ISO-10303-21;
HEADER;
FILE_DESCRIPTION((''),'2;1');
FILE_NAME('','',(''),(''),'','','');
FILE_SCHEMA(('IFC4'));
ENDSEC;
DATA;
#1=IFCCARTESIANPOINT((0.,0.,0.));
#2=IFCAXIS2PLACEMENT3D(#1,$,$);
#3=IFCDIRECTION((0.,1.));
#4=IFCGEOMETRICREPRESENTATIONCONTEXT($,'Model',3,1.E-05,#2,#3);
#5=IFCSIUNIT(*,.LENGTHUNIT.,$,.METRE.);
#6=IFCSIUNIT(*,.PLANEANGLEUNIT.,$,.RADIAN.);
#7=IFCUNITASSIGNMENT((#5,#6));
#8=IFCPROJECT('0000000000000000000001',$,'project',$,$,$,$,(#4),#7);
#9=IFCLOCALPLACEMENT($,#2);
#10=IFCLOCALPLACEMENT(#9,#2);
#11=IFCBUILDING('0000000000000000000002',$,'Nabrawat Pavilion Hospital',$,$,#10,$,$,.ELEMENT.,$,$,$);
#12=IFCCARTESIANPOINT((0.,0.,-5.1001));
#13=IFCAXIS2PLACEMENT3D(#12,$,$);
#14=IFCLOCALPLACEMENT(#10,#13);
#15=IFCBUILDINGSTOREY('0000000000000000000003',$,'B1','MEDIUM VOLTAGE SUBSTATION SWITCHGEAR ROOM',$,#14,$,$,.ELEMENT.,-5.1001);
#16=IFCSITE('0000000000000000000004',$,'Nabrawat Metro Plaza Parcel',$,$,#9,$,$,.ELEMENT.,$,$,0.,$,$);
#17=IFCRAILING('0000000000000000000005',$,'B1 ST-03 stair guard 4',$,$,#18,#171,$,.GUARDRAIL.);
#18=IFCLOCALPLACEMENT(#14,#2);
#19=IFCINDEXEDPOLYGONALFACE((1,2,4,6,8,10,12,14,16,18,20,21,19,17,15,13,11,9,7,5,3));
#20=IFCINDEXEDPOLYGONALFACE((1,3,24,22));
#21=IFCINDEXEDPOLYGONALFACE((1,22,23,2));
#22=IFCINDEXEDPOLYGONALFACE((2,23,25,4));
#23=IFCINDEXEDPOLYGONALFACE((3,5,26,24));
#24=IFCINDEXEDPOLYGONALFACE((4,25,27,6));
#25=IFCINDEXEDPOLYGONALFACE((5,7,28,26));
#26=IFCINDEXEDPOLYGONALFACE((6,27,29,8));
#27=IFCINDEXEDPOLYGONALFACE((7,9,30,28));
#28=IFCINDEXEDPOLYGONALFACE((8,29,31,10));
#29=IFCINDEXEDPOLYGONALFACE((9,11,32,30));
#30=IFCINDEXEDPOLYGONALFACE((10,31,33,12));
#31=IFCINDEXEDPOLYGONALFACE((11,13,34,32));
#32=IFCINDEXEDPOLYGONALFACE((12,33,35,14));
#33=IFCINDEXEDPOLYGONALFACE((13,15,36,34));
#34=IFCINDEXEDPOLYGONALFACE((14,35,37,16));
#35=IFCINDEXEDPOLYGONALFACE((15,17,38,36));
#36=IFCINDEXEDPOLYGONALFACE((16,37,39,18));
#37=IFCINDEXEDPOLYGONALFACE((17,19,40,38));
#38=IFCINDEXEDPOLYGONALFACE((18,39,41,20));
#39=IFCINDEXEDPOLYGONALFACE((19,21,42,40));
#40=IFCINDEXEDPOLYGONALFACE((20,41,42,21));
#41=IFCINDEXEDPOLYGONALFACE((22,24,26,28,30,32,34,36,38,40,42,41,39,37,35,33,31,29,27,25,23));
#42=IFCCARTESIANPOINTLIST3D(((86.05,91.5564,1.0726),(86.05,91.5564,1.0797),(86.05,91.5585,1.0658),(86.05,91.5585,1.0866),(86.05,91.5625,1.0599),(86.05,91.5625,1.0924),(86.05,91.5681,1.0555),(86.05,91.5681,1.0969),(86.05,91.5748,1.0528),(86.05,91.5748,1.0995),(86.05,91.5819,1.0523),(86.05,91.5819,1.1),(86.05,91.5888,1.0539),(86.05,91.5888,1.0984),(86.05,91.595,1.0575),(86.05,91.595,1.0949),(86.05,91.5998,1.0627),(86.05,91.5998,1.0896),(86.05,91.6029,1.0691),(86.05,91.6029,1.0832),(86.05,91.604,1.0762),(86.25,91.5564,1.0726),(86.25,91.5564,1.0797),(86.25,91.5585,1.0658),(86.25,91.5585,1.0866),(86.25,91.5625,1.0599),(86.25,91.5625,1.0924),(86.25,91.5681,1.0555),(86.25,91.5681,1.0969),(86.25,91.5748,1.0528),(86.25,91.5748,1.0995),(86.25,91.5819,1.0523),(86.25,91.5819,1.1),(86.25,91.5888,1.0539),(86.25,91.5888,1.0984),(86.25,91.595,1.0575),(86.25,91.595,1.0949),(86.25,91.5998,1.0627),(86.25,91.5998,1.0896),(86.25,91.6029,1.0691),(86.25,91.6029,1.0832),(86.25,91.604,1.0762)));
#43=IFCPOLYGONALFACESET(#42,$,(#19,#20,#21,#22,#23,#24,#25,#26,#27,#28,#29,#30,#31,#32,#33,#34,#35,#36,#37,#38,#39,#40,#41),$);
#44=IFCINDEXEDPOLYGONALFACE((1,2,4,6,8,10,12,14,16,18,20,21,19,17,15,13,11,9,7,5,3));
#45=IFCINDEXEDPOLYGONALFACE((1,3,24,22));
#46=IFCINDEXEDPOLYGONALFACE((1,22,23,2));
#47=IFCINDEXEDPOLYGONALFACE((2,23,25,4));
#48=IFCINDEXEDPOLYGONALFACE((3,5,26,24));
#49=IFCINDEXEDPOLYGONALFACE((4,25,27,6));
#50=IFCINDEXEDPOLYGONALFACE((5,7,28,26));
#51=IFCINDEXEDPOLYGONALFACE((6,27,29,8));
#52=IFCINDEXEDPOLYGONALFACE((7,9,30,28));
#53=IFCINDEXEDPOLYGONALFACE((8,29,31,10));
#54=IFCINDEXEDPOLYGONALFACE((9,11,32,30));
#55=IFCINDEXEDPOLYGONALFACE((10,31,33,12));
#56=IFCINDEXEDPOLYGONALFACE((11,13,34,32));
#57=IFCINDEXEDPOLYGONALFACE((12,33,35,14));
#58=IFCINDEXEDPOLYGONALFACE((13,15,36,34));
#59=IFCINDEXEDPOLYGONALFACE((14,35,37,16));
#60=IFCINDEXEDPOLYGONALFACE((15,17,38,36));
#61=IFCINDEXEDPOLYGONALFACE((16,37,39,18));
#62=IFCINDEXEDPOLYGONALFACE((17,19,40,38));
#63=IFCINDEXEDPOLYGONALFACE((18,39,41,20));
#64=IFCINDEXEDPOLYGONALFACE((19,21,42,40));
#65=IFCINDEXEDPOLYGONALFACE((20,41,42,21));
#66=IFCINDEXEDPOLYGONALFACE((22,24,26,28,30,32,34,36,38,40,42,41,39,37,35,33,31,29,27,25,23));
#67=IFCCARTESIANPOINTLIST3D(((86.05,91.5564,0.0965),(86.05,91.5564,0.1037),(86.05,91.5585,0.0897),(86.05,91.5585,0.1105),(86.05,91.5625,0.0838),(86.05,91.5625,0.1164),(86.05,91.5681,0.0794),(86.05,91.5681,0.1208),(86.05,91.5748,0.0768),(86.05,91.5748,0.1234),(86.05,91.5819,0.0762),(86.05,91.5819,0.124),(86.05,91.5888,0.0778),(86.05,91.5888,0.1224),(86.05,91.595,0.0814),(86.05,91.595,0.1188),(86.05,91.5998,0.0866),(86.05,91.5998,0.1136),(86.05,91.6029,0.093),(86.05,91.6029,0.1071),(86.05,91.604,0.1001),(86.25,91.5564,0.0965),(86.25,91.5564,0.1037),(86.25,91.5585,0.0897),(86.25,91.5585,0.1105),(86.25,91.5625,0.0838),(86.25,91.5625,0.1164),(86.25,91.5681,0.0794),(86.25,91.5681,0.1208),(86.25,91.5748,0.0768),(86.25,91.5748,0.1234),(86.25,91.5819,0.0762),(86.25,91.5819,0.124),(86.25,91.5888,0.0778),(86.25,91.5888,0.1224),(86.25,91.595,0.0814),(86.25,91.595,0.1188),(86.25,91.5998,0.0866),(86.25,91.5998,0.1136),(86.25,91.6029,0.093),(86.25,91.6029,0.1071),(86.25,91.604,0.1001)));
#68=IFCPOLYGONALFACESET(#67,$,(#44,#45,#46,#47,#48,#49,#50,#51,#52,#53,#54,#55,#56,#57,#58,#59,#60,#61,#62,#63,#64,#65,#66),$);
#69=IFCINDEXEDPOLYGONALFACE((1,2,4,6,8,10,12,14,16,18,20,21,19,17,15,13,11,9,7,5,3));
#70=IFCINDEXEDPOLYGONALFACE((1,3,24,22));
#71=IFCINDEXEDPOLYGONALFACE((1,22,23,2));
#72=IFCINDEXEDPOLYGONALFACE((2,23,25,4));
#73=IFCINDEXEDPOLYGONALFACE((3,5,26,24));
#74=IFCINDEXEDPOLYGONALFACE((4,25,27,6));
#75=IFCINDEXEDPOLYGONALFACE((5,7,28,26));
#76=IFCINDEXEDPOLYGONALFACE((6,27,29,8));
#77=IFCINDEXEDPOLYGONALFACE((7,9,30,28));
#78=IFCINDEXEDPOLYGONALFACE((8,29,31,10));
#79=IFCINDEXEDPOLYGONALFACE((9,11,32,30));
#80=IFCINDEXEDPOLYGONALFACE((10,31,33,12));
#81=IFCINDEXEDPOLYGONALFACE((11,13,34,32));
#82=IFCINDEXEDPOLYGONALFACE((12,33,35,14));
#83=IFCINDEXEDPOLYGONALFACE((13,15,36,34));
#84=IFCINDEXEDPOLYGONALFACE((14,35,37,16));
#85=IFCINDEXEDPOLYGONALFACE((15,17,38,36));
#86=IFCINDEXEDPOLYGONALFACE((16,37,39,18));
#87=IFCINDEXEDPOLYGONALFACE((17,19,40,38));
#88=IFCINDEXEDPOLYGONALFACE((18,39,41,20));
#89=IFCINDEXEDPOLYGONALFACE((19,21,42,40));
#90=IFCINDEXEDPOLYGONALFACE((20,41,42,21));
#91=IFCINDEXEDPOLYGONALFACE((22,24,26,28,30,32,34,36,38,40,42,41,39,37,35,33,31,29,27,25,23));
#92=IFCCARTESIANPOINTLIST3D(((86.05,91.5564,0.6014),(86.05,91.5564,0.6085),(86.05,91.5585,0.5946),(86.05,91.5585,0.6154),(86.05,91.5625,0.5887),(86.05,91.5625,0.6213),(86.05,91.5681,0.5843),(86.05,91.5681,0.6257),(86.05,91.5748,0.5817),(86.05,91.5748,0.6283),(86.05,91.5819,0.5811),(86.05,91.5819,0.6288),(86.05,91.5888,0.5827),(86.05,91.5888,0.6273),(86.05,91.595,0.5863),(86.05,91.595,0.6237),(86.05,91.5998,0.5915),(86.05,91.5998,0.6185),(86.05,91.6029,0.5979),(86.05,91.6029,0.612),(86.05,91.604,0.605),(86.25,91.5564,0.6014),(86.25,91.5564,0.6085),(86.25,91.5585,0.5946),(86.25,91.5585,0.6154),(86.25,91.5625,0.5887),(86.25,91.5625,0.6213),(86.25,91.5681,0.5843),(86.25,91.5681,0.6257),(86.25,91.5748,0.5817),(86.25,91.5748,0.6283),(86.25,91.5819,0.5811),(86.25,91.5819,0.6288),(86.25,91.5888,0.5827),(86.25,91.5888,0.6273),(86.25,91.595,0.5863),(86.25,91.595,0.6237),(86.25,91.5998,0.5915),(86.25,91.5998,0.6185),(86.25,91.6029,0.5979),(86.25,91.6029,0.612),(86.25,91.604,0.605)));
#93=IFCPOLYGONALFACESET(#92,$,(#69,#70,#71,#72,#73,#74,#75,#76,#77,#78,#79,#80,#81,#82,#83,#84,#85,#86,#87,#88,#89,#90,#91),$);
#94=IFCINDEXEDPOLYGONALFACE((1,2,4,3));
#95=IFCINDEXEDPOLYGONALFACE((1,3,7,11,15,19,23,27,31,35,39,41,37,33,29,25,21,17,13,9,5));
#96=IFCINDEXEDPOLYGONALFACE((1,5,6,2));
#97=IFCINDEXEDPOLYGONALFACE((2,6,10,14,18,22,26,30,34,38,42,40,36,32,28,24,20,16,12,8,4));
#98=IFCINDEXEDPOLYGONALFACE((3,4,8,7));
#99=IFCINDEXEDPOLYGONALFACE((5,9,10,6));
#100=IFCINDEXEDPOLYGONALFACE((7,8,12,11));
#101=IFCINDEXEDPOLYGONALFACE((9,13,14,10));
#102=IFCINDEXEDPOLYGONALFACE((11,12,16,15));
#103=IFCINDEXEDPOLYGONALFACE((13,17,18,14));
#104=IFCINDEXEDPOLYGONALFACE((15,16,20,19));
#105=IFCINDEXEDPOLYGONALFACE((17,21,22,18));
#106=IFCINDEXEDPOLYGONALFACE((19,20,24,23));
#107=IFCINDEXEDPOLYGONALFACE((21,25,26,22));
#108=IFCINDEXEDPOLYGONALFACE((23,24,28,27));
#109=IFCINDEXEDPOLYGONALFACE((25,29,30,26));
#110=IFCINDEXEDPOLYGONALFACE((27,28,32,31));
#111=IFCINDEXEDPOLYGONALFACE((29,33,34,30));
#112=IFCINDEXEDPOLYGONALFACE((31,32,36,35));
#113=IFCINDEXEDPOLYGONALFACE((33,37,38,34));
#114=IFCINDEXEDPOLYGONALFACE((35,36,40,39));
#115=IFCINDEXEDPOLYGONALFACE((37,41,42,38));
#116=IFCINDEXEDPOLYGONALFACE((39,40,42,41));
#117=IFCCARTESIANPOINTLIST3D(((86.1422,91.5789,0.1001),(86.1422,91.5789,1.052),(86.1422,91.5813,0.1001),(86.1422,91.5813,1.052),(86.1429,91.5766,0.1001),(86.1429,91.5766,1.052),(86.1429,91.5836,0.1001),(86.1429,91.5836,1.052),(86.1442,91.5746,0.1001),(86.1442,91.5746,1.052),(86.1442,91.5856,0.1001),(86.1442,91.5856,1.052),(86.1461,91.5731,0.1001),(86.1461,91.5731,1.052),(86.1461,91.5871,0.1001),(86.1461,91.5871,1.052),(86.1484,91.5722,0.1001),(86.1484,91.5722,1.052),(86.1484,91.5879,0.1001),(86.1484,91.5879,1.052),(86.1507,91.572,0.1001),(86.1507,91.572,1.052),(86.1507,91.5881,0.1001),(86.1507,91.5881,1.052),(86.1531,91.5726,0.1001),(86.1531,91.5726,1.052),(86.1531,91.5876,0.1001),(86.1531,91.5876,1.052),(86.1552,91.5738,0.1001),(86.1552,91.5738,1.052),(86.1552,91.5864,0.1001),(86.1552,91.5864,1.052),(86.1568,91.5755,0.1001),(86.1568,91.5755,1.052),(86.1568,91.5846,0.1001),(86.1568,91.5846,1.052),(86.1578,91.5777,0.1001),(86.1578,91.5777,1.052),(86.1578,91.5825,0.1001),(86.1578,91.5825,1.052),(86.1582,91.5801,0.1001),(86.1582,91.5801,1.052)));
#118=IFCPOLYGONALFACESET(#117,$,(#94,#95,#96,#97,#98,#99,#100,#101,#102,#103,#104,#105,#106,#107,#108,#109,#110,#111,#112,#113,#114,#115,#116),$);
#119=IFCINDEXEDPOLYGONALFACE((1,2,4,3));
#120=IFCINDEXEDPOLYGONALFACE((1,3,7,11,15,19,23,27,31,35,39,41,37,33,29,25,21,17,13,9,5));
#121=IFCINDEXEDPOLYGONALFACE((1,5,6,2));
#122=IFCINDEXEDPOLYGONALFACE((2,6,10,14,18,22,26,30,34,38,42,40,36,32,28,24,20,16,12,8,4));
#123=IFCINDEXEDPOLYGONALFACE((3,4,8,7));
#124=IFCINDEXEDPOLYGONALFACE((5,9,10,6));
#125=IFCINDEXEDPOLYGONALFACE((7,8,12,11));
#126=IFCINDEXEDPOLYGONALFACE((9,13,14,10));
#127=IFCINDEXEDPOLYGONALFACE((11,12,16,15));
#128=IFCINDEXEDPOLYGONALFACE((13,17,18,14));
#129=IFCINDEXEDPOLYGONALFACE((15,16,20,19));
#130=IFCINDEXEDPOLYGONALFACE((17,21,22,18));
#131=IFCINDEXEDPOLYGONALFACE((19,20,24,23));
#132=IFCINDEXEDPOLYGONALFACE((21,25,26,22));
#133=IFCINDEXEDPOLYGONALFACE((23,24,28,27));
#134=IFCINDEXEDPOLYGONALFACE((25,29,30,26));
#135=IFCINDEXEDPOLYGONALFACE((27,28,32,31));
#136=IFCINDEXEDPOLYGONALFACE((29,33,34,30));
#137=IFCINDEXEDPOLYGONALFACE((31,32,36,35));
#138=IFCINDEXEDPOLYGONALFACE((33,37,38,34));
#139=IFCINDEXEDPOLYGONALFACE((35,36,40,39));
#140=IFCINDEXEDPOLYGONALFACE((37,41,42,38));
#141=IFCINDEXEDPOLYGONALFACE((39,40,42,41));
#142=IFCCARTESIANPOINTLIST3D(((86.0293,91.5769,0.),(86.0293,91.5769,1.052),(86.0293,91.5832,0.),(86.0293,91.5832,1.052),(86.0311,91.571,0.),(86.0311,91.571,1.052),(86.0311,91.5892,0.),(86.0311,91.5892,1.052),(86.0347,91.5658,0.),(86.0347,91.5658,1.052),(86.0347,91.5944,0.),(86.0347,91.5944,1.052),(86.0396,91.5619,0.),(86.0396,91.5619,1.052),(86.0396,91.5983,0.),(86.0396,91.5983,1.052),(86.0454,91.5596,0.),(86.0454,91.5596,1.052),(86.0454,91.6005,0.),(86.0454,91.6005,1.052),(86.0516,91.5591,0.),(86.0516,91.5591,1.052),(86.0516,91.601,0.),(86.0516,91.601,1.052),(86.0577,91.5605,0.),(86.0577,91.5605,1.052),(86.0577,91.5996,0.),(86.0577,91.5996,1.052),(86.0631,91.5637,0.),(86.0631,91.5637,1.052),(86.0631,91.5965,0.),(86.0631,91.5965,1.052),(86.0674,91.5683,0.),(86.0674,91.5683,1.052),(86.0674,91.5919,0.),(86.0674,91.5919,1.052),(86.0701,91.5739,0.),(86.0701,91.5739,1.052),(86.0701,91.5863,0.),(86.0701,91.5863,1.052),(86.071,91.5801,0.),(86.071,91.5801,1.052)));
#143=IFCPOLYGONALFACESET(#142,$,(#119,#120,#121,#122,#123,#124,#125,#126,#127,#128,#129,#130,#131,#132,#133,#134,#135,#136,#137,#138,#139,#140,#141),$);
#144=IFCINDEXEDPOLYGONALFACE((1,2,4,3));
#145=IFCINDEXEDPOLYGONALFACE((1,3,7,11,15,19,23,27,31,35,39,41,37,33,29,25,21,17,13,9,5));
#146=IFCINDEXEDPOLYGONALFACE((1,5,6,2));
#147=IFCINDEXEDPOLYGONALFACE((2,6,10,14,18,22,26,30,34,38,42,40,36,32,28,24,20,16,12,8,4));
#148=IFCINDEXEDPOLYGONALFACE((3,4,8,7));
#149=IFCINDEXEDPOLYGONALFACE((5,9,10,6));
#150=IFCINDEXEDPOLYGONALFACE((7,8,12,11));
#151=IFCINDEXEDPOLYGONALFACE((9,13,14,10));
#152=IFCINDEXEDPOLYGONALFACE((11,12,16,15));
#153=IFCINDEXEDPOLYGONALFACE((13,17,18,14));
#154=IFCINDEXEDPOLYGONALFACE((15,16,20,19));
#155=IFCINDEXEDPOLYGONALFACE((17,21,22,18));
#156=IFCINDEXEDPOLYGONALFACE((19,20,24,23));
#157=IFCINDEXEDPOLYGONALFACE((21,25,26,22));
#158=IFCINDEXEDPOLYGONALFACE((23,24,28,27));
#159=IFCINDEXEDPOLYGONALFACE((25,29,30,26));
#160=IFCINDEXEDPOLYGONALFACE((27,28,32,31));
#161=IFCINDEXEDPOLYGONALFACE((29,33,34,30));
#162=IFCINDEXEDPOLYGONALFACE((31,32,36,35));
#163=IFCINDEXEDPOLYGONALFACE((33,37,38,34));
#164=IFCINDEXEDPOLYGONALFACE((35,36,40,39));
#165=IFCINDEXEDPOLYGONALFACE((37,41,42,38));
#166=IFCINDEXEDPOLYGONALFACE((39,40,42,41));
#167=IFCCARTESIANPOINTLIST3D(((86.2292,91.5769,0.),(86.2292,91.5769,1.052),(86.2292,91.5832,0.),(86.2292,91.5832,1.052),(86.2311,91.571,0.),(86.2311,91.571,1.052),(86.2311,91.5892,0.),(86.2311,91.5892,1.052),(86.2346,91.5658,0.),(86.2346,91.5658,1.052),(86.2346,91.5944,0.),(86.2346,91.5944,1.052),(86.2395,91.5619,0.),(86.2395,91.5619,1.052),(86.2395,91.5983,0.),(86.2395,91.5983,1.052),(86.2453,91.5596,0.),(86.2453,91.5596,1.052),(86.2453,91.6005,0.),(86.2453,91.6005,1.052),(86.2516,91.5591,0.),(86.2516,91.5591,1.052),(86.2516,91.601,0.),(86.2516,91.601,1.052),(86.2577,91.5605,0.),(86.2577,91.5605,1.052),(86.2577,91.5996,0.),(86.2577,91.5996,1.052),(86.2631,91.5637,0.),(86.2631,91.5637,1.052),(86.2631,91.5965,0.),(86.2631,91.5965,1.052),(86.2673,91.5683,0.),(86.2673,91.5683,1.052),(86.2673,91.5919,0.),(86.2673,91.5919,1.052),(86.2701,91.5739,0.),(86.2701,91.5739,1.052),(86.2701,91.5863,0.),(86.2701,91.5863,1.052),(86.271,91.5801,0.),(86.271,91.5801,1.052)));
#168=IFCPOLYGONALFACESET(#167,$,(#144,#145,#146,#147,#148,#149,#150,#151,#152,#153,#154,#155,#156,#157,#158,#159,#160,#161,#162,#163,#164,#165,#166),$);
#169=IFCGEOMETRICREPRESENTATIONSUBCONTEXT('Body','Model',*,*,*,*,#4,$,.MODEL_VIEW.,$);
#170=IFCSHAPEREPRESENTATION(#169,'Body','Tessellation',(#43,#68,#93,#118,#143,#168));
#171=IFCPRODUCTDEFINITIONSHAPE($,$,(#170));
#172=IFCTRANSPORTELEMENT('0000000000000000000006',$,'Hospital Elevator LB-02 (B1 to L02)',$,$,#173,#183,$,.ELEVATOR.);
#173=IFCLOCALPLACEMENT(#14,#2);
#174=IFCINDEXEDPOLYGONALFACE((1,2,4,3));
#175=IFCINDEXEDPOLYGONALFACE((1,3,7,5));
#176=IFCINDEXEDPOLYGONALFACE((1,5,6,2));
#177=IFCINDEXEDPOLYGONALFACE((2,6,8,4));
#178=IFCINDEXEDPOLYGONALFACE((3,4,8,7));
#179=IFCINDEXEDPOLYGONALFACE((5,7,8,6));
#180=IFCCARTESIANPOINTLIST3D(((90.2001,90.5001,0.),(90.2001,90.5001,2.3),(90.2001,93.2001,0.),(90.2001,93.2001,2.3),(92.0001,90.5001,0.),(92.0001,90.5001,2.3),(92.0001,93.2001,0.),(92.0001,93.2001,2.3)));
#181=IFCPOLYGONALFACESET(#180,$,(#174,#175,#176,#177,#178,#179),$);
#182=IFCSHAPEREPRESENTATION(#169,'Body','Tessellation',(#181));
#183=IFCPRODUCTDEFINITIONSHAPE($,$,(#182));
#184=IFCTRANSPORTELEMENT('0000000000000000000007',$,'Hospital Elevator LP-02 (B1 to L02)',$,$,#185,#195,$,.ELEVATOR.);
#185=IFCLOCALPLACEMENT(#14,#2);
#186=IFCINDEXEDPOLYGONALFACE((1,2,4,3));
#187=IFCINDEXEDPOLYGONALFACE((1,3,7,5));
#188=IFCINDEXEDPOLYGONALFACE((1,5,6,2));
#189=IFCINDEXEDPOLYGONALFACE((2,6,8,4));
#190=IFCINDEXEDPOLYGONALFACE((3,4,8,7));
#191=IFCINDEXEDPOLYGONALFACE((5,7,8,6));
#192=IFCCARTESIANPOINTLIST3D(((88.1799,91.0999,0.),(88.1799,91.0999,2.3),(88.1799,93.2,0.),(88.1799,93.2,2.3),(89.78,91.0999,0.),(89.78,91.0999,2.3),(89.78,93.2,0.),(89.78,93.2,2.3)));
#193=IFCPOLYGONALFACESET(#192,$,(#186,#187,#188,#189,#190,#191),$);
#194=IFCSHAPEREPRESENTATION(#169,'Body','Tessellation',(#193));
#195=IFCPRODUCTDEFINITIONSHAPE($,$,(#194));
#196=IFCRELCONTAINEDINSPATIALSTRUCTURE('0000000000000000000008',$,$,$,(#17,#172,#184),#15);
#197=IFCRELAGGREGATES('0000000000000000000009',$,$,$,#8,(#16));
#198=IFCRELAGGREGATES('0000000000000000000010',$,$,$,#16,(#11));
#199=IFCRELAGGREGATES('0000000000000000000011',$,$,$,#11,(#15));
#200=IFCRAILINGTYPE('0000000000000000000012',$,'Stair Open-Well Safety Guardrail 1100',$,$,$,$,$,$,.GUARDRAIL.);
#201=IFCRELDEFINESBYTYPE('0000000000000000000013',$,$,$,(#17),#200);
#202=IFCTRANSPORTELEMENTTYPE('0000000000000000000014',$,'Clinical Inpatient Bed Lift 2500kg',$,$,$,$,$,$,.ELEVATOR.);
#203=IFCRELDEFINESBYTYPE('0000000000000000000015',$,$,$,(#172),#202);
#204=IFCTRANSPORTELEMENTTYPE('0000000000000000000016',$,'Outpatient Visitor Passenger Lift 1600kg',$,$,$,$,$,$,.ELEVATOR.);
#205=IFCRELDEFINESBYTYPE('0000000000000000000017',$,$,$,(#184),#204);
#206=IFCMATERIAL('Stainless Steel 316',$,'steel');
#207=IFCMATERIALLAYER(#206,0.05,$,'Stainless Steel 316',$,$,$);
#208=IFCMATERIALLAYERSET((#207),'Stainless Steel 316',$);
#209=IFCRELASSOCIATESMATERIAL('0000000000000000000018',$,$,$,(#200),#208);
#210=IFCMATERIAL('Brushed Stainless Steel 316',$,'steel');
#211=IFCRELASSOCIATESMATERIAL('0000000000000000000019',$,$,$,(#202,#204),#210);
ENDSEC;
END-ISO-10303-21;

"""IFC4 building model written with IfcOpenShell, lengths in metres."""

from ifc_helpers import new_model, si_unit, direction, frame, origin, origin_2d, place, context, subcontext, project, spatial, rectangle, circle, extrude, material, layer, layer_set, type_object, element, save


model = new_model("IFC4")

# Units and contexts
model_context = context("Model", 3, precision=1e-05, world=origin(), true_north=direction((0.0, 1.0)))
body_context = subcontext(model_context, "Body", "Model", "MODEL_VIEW")
ifc_project = project(units=[si_unit("LENGTHUNIT", "METRE"), si_unit("PLANEANGLEUNIT", "RADIAN")], contexts=[model_context])

# Site, building, storey
site_placement = place(None, origin())
site = spatial("IfcSite", under=ifc_project, at=site_placement, Name="Nabrawat Metro Plaza Parcel", CompositionType="ELEMENT", RefElevation=0.0)
building_placement = place(site_placement, origin())
building = spatial("IfcBuilding", under=site, at=building_placement, Name="Nabrawat Pavilion Hospital", CompositionType="ELEMENT")
storey_placement = place(building_placement, frame((0.0, 0.0, -5.1001)))
storey = spatial("IfcBuildingStorey", under=building, at=storey_placement, Name="B1", Description="MEDIUM VOLTAGE SUBSTATION SWITCHGEAR ROOM", CompositionType="ELEMENT", Elevation=-5.1001)

# Railing
ifc_material_1 = material(Name="Stainless Steel 316", Category="steel")
ifc_layer_1 = layer(ifc_material_1, 0.05, Name="Stainless Steel 316")
ifc_layer_set_1 = layer_set([ifc_layer_1], Name="Stainless Steel 316")
railing_type = type_object("IfcRailingType", Name="Stair Open-Well Safety Guardrail 1100", PredefinedType="GUARDRAIL", material=ifc_layer_set_1)
railing_placement = place(storey_placement, frame((86.05, 91.5801, 0.0)))
element("IfcRailing", 1, at=railing_placement, inside=storey, type_object=railing_type, Name="B1 ST-03 stair guard 4", PredefinedType="GUARDRAIL", context=body_context, shape_type="SweptSolid", body=[
    extrude(circle(Radius=0.0239, at=origin_2d()), frame((0.0, 0.0, 1.0762), z_axis=(1.0, 0.0, 0.0), x_axis=(0.0, 1.0, 0.0)), (0.0, 0.0, 1.0), 0.2),
    extrude(circle(Radius=0.0239, at=origin_2d()), frame((0.0, 0.0, 0.1001), z_axis=(1.0, 0.0, 0.0), x_axis=(0.0, 1.0, 0.0)), (0.0, 0.0, 1.0), 0.2),
    extrude(circle(Radius=0.0239, at=origin_2d()), frame((0.0, 0.0, 0.605), z_axis=(1.0, 0.0, 0.0), x_axis=(0.0, 1.0, 0.0)), (0.0, 0.0, 1.0), 0.2),
    extrude(circle(Radius=0.0081, at=origin_2d()), frame((0.1001, 0.0, 0.1001)), (0.0, 0.0, 1.0), 0.9519),
    extrude(circle(Radius=0.021, at=origin_2d()), origin(), (0.0, 0.0, 1.0), 1.052),
    extrude(circle(Radius=0.021, at=origin_2d()), frame((0.2, 0.0, 0.0)), (0.0, 0.0, 1.0), 1.052),
])

# Transport elements
ifc_material_2 = material(Name="Brushed Stainless Steel 316", Category="steel")
transport_element_type_1 = type_object("IfcTransportElementType", Name="Clinical Inpatient Bed Lift 2500kg", PredefinedType="ELEVATOR", material=ifc_material_2)
transport_element_1_placement = place(storey_placement, frame((91.1001, 91.8501, 0.0), z_axis=(0.0, 0.0, 1.0), x_axis=(1.0, 0.0, 0.0)))
element("IfcTransportElement", 2, at=transport_element_1_placement, inside=storey, type_object=transport_element_type_1, Name="Hospital Elevator LB-02 (B1 to L02)", PredefinedType="ELEVATOR", context=body_context, shape_type="SweptSolid", body=[
    extrude(rectangle(XDim=1.8, YDim=2.7, at=origin_2d()), origin(), (0.0, 0.0, 1.0), 2.3),
])
transport_element_type_2 = type_object("IfcTransportElementType", Name="Outpatient Visitor Passenger Lift 1600kg", PredefinedType="ELEVATOR", material=ifc_material_2)
transport_element_2_placement = place(storey_placement, frame((88.98, 92.1499, 0.0), z_axis=(0.0, 0.0, 1.0), x_axis=(1.0, 0.0, 0.0)))
element("IfcTransportElement", 3, at=transport_element_2_placement, inside=storey, type_object=transport_element_type_2, Name="Hospital Elevator LP-02 (B1 to L02)", PredefinedType="ELEVATOR", context=body_context, shape_type="SweptSolid", body=[
    extrude(rectangle(XDim=1.6001, YDim=2.1001, at=origin_2d()), origin(), (0.0, 0.0, 1.0), 2.3),
])

save(model, "model.ifc")
